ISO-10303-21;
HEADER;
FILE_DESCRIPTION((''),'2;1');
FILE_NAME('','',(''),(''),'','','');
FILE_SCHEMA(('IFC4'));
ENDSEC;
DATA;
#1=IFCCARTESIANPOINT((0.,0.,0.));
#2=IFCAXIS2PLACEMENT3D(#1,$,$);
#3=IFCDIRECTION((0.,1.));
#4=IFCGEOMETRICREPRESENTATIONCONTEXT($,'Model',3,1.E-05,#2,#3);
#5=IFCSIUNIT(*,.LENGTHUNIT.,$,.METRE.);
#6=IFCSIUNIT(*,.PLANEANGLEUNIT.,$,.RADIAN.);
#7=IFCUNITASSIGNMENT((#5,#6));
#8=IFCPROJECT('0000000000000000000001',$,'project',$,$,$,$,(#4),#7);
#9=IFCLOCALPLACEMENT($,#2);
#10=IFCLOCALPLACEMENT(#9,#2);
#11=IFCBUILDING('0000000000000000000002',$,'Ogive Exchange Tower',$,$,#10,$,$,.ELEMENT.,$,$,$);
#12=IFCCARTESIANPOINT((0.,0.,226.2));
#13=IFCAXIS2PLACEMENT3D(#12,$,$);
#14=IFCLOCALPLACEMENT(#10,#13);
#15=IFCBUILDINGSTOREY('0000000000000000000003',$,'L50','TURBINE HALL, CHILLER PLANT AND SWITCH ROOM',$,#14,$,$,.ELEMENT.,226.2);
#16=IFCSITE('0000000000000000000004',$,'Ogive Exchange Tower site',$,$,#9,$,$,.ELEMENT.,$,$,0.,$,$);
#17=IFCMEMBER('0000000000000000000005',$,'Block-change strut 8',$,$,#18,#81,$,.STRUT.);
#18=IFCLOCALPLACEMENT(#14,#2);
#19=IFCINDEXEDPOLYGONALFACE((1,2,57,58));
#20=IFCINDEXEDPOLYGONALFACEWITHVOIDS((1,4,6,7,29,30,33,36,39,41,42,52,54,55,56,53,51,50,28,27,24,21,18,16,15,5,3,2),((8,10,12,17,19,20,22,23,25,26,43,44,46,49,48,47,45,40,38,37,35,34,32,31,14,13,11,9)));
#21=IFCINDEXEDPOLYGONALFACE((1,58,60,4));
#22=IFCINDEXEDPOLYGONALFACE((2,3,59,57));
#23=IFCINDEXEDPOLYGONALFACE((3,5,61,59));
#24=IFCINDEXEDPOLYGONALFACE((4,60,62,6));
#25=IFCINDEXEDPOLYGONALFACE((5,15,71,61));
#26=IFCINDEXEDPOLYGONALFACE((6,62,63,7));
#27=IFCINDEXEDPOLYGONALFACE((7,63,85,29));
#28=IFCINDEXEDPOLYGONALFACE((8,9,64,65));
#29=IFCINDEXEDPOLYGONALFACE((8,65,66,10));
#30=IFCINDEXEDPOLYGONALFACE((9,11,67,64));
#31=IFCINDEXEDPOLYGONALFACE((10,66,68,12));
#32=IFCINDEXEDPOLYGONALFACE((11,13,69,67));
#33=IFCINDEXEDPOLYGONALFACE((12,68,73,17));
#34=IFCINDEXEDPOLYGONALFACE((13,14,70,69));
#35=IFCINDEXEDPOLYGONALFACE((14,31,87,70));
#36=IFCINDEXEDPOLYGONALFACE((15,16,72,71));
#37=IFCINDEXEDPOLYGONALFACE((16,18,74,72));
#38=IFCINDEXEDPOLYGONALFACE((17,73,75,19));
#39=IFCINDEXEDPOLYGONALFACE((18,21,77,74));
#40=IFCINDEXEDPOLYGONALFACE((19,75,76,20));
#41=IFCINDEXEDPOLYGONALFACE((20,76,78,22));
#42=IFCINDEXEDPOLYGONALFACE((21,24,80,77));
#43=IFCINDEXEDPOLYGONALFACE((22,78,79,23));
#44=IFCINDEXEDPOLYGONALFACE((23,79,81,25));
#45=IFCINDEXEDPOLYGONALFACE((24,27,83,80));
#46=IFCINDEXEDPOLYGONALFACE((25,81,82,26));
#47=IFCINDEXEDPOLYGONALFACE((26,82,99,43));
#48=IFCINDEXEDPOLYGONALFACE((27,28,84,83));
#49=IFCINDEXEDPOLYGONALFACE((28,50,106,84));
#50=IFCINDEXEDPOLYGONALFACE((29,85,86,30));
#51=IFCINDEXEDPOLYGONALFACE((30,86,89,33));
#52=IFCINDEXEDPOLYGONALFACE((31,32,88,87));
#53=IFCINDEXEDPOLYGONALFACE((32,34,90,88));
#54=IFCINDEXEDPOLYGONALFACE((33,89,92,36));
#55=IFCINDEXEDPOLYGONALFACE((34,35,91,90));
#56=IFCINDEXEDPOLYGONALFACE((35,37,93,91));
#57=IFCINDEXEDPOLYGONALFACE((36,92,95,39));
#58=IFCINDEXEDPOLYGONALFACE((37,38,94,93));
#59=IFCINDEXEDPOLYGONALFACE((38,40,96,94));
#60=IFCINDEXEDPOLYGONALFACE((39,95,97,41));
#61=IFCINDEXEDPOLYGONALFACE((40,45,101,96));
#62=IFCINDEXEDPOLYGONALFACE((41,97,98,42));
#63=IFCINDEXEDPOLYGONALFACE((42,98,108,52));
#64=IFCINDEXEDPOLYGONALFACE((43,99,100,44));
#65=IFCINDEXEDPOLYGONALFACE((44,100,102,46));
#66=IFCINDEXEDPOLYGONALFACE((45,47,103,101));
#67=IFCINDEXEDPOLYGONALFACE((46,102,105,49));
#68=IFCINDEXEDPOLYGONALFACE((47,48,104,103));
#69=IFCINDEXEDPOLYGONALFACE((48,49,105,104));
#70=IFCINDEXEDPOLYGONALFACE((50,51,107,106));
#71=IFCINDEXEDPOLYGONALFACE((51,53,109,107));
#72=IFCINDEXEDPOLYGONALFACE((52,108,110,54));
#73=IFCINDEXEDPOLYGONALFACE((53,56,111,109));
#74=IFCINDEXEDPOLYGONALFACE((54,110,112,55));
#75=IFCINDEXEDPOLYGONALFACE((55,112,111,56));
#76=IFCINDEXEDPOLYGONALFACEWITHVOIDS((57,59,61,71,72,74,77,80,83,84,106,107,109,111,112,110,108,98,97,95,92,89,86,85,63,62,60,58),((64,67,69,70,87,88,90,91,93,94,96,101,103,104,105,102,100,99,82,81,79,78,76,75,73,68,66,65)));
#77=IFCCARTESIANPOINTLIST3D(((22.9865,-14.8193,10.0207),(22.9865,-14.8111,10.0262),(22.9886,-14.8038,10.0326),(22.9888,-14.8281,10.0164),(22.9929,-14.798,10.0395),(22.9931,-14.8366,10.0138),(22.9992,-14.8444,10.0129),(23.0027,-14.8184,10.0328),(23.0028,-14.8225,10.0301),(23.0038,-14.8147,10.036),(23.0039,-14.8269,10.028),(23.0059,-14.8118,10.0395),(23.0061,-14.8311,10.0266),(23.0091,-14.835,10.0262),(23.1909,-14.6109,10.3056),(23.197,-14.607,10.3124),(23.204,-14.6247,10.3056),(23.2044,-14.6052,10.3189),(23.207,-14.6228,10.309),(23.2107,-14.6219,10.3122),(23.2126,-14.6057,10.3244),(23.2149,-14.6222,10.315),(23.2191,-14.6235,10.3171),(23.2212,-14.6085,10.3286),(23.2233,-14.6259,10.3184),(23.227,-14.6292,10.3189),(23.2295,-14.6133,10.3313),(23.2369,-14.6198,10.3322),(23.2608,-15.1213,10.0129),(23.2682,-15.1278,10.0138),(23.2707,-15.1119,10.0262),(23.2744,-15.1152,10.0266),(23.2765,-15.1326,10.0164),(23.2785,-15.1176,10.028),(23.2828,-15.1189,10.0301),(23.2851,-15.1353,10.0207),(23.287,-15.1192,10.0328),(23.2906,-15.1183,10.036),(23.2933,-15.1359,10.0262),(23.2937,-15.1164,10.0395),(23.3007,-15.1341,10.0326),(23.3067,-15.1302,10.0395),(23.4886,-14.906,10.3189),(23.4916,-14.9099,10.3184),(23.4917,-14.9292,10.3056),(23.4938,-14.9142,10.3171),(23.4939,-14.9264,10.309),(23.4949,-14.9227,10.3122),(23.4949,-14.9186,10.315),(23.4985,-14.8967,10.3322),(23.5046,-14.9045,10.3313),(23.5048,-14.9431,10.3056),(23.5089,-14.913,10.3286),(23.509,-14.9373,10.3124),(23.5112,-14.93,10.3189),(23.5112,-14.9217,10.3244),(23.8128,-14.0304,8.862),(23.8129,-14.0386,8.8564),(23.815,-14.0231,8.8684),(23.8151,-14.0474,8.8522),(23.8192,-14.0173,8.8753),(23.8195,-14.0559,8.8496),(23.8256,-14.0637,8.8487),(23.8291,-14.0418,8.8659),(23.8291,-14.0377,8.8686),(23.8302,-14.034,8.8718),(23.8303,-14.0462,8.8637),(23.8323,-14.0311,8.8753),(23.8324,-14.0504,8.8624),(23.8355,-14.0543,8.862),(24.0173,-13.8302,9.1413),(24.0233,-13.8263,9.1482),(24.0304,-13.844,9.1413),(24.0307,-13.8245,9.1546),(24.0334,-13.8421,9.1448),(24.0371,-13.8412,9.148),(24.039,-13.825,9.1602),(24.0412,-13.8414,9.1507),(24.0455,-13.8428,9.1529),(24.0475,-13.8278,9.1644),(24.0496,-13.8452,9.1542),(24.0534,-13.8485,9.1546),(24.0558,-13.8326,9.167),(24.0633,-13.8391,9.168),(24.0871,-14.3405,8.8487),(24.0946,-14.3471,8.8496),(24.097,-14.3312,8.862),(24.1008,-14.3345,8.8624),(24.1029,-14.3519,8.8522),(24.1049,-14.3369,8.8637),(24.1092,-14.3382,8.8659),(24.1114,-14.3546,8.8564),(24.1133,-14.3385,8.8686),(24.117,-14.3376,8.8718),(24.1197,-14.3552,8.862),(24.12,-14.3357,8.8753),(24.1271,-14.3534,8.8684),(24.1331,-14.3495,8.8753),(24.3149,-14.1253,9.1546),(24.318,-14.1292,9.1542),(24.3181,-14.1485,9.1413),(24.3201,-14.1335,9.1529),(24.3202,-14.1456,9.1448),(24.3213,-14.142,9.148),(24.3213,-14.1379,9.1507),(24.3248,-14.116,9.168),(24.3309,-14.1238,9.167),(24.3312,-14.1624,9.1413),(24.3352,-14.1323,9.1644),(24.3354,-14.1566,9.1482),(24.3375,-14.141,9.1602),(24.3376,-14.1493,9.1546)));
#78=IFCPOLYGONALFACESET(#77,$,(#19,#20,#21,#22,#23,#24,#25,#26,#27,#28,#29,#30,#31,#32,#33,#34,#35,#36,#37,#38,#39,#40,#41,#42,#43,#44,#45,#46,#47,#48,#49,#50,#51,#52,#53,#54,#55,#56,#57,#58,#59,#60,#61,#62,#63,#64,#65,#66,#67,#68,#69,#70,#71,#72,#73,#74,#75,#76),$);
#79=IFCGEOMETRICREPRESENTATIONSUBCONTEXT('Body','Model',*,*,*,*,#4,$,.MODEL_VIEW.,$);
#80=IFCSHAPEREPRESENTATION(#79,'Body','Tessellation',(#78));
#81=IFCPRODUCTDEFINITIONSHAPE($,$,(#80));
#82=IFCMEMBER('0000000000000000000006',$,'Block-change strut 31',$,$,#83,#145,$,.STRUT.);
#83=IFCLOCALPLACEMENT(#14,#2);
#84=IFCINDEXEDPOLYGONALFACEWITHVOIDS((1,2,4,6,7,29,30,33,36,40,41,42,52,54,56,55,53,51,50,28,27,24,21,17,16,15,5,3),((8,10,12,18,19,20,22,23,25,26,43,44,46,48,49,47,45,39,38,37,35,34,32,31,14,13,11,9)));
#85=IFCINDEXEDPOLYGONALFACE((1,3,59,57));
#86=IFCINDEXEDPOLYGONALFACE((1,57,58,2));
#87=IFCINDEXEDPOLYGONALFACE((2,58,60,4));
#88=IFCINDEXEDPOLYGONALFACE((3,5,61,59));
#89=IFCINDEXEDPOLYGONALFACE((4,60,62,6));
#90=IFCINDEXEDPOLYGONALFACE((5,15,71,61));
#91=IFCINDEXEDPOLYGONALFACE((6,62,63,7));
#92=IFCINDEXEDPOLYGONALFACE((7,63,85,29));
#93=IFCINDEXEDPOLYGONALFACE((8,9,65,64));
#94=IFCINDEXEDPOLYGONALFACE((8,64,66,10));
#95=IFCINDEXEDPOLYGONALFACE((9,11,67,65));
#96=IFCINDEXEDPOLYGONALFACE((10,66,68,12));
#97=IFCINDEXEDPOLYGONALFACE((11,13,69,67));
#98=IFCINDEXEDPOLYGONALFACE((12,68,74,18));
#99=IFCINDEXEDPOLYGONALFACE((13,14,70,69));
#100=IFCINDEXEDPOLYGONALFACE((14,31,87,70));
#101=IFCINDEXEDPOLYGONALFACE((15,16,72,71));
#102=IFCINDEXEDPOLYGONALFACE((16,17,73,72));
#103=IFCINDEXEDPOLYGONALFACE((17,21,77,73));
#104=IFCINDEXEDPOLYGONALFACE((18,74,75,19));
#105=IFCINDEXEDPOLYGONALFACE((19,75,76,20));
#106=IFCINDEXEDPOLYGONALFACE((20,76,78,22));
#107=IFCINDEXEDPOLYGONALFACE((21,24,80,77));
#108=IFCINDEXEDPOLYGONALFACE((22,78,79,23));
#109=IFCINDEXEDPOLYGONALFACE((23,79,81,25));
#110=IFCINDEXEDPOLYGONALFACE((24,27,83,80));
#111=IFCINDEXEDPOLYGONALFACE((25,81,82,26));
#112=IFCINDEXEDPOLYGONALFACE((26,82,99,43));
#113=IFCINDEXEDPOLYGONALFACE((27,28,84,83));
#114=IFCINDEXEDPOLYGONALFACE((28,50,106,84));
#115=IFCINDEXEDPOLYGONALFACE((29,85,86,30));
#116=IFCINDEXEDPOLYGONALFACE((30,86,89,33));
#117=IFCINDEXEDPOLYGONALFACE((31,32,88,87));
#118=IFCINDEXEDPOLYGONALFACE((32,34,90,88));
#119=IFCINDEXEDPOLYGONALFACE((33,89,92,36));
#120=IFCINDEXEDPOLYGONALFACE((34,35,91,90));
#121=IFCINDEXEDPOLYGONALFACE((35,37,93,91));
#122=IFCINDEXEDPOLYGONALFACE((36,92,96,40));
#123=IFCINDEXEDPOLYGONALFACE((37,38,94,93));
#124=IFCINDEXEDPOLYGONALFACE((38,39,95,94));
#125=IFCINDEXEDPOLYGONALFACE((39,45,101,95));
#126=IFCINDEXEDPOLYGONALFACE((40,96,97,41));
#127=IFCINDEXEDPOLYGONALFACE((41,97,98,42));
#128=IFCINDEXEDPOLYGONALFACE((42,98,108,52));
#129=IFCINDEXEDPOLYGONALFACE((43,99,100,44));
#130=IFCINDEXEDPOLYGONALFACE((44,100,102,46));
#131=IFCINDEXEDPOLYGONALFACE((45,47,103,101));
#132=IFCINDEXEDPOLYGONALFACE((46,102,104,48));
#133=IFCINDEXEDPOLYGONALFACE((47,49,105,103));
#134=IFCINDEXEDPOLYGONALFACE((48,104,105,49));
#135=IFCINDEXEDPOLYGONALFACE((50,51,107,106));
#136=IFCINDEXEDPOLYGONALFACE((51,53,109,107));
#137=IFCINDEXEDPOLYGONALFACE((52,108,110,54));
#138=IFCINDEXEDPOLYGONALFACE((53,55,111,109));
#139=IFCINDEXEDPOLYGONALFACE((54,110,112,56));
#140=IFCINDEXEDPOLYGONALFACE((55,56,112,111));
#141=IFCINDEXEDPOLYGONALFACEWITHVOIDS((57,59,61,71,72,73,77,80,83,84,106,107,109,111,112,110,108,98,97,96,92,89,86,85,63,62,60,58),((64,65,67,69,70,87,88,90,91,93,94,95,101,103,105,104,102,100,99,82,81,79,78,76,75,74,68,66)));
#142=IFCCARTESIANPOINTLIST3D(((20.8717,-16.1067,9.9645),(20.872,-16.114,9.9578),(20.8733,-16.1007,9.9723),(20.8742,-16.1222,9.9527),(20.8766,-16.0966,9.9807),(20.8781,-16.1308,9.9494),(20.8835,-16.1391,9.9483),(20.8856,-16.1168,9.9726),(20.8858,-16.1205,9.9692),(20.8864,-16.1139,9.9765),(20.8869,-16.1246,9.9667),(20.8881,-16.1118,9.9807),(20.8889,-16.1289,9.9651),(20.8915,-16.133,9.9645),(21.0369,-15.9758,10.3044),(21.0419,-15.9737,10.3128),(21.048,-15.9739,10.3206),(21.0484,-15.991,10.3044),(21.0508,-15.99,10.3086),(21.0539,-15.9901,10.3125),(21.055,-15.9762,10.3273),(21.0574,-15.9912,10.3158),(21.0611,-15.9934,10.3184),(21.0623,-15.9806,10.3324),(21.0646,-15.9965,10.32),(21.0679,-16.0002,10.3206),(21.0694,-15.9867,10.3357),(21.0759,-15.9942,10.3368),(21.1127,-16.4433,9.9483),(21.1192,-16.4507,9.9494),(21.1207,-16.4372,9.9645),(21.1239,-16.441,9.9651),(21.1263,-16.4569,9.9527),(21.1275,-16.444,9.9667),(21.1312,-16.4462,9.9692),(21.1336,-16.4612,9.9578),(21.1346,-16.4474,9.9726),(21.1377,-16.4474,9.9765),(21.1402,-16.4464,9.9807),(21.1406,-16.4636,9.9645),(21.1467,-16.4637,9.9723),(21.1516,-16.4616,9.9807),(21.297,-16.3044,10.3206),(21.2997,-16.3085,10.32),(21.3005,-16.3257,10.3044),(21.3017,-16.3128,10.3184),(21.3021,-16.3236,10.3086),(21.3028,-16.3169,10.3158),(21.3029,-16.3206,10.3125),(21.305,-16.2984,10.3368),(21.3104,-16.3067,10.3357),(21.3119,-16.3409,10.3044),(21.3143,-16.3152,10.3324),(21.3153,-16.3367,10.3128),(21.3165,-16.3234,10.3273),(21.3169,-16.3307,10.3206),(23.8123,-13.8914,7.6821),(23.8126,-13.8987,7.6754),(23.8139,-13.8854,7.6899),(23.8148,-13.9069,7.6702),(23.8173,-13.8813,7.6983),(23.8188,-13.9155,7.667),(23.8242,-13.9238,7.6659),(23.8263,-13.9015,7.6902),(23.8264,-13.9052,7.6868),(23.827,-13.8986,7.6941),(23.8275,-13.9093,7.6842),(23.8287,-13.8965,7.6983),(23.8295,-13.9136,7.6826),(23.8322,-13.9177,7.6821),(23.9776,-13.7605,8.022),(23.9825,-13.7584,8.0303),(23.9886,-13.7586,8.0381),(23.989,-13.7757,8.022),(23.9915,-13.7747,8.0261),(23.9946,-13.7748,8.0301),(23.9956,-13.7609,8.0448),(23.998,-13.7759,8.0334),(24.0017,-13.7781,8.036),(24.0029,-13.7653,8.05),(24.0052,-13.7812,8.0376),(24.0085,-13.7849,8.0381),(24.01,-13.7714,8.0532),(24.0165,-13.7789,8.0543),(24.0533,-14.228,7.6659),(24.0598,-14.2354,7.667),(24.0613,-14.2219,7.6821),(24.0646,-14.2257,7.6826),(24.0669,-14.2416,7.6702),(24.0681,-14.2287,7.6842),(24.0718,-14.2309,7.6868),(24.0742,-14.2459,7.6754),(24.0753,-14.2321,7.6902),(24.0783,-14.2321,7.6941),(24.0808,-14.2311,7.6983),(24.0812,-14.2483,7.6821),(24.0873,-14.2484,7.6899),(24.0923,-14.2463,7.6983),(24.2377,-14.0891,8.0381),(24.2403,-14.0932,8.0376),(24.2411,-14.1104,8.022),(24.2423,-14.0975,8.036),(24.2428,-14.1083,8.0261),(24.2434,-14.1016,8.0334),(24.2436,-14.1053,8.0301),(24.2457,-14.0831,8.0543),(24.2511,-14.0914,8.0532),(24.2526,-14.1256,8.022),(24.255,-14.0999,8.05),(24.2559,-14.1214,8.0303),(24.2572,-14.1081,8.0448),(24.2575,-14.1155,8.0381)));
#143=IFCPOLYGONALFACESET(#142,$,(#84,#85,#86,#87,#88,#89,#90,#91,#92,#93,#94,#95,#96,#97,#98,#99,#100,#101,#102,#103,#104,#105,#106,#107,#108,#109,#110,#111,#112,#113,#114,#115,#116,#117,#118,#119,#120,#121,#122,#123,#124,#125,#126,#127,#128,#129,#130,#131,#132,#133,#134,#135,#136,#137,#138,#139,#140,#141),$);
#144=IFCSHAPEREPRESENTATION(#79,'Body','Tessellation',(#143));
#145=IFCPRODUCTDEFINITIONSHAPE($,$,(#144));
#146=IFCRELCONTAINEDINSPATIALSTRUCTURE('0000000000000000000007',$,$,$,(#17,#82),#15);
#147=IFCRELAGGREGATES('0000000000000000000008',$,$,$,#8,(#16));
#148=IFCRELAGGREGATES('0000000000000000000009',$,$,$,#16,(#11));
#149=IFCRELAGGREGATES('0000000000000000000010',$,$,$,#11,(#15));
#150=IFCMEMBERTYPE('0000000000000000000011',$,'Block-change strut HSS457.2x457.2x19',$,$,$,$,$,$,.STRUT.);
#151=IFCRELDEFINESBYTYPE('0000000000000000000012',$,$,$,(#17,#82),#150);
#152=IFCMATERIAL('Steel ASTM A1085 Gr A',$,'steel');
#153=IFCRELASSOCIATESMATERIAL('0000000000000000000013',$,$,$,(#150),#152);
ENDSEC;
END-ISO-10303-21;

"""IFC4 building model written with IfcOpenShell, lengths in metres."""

from ifc_helpers import new_model, si_unit, direction, frame, origin, origin_2d, place, context, subcontext, project, spatial, hollow_rectangle, extrude, material, material_profile, profile_set, type_object, element, save


model = new_model("IFC4")

# Units and contexts
model_context = context("Model", 3, precision=1e-05, world=origin(), true_north=direction((0.0, 1.0)))
body_context = subcontext(model_context, "Body", "Model", "MODEL_VIEW")
ifc_project = project(units=[si_unit("LENGTHUNIT", "METRE"), si_unit("PLANEANGLEUNIT", "RADIAN")], contexts=[model_context])

# Site, building, storey
site_placement = place(None, origin())
site = spatial("IfcSite", under=ifc_project, at=site_placement, Name="Ogive Exchange Tower site", CompositionType="ELEMENT", RefElevation=0.0)
building_placement = place(site_placement, origin())
building = spatial("IfcBuilding", under=site, at=building_placement, Name="Ogive Exchange Tower", CompositionType="ELEMENT")
storey_placement = place(building_placement, frame((0.0, 0.0, 226.2)))
storey = spatial("IfcBuildingStorey", under=building, at=storey_placement, Name="L50", Description="TURBINE HALL, CHILLER PLANT AND SWITCH ROOM", CompositionType="ELEMENT", Elevation=226.2)

# Members
ifc_material_1 = material(Name="Steel ASTM A1085 Gr A", Category="steel")
ifc_material_profile_1 = material_profile(ifc_material_1, hollow_rectangle(XDim=0.457, YDim=0.457, WallThickness=0.019, InnerFilletRadius=0.019, OuterFilletRadius=0.0381, at=origin_2d()), Name="HSS457.2x457.2x19")
ifc_profile_set_1 = profile_set([ifc_material_profile_1], Name="Steel ASTM A1085 Gr A")
member_type_1 = type_object("IfcMemberType", Name="Block-change strut HSS457.2x457.2x19", PredefinedType="STRUT", material=ifc_profile_set_1)
member_1_placement = place(storey_placement, frame((24.0752, -14.0898, 9.0083), z_axis=(-0.507839, -0.479785, 0.715476), x_axis=(0.686743, -0.7269, 0.0)))
element("IfcMember", 1, at=member_1_placement, inside=storey, type_object=member_type_1, Name="Block-change strut 8", PredefinedType="STRUT", context=body_context, shape_type="SweptSolid", body=[
    extrude(hollow_rectangle(XDim=0.457, YDim=0.457, WallThickness=0.019, InnerFilletRadius=0.019, OuterFilletRadius=0.0381, at=origin_2d()), origin(), (0.0, 0.0, 1.0), 1.6272),
])
member_2_placement = place(storey_placement, frame((24.0349, -14.0034, 7.8601), z_axis=(-0.678849, -0.511405, 0.526904), x_axis=(0.601707, -0.798717, 0.0)))
element("IfcMember", 2, at=member_2_placement, inside=storey, type_object=member_type_1, Name="Block-change strut 31", PredefinedType="STRUT", context=body_context, shape_type="SweptSolid", body=[
    extrude(hollow_rectangle(XDim=0.457, YDim=0.457, WallThickness=0.019, InnerFilletRadius=0.019, OuterFilletRadius=0.0381, at=origin_2d()), origin(), (0.0, 0.0, 1.0), 4.3318),
])

save(model, "model.ifc")
